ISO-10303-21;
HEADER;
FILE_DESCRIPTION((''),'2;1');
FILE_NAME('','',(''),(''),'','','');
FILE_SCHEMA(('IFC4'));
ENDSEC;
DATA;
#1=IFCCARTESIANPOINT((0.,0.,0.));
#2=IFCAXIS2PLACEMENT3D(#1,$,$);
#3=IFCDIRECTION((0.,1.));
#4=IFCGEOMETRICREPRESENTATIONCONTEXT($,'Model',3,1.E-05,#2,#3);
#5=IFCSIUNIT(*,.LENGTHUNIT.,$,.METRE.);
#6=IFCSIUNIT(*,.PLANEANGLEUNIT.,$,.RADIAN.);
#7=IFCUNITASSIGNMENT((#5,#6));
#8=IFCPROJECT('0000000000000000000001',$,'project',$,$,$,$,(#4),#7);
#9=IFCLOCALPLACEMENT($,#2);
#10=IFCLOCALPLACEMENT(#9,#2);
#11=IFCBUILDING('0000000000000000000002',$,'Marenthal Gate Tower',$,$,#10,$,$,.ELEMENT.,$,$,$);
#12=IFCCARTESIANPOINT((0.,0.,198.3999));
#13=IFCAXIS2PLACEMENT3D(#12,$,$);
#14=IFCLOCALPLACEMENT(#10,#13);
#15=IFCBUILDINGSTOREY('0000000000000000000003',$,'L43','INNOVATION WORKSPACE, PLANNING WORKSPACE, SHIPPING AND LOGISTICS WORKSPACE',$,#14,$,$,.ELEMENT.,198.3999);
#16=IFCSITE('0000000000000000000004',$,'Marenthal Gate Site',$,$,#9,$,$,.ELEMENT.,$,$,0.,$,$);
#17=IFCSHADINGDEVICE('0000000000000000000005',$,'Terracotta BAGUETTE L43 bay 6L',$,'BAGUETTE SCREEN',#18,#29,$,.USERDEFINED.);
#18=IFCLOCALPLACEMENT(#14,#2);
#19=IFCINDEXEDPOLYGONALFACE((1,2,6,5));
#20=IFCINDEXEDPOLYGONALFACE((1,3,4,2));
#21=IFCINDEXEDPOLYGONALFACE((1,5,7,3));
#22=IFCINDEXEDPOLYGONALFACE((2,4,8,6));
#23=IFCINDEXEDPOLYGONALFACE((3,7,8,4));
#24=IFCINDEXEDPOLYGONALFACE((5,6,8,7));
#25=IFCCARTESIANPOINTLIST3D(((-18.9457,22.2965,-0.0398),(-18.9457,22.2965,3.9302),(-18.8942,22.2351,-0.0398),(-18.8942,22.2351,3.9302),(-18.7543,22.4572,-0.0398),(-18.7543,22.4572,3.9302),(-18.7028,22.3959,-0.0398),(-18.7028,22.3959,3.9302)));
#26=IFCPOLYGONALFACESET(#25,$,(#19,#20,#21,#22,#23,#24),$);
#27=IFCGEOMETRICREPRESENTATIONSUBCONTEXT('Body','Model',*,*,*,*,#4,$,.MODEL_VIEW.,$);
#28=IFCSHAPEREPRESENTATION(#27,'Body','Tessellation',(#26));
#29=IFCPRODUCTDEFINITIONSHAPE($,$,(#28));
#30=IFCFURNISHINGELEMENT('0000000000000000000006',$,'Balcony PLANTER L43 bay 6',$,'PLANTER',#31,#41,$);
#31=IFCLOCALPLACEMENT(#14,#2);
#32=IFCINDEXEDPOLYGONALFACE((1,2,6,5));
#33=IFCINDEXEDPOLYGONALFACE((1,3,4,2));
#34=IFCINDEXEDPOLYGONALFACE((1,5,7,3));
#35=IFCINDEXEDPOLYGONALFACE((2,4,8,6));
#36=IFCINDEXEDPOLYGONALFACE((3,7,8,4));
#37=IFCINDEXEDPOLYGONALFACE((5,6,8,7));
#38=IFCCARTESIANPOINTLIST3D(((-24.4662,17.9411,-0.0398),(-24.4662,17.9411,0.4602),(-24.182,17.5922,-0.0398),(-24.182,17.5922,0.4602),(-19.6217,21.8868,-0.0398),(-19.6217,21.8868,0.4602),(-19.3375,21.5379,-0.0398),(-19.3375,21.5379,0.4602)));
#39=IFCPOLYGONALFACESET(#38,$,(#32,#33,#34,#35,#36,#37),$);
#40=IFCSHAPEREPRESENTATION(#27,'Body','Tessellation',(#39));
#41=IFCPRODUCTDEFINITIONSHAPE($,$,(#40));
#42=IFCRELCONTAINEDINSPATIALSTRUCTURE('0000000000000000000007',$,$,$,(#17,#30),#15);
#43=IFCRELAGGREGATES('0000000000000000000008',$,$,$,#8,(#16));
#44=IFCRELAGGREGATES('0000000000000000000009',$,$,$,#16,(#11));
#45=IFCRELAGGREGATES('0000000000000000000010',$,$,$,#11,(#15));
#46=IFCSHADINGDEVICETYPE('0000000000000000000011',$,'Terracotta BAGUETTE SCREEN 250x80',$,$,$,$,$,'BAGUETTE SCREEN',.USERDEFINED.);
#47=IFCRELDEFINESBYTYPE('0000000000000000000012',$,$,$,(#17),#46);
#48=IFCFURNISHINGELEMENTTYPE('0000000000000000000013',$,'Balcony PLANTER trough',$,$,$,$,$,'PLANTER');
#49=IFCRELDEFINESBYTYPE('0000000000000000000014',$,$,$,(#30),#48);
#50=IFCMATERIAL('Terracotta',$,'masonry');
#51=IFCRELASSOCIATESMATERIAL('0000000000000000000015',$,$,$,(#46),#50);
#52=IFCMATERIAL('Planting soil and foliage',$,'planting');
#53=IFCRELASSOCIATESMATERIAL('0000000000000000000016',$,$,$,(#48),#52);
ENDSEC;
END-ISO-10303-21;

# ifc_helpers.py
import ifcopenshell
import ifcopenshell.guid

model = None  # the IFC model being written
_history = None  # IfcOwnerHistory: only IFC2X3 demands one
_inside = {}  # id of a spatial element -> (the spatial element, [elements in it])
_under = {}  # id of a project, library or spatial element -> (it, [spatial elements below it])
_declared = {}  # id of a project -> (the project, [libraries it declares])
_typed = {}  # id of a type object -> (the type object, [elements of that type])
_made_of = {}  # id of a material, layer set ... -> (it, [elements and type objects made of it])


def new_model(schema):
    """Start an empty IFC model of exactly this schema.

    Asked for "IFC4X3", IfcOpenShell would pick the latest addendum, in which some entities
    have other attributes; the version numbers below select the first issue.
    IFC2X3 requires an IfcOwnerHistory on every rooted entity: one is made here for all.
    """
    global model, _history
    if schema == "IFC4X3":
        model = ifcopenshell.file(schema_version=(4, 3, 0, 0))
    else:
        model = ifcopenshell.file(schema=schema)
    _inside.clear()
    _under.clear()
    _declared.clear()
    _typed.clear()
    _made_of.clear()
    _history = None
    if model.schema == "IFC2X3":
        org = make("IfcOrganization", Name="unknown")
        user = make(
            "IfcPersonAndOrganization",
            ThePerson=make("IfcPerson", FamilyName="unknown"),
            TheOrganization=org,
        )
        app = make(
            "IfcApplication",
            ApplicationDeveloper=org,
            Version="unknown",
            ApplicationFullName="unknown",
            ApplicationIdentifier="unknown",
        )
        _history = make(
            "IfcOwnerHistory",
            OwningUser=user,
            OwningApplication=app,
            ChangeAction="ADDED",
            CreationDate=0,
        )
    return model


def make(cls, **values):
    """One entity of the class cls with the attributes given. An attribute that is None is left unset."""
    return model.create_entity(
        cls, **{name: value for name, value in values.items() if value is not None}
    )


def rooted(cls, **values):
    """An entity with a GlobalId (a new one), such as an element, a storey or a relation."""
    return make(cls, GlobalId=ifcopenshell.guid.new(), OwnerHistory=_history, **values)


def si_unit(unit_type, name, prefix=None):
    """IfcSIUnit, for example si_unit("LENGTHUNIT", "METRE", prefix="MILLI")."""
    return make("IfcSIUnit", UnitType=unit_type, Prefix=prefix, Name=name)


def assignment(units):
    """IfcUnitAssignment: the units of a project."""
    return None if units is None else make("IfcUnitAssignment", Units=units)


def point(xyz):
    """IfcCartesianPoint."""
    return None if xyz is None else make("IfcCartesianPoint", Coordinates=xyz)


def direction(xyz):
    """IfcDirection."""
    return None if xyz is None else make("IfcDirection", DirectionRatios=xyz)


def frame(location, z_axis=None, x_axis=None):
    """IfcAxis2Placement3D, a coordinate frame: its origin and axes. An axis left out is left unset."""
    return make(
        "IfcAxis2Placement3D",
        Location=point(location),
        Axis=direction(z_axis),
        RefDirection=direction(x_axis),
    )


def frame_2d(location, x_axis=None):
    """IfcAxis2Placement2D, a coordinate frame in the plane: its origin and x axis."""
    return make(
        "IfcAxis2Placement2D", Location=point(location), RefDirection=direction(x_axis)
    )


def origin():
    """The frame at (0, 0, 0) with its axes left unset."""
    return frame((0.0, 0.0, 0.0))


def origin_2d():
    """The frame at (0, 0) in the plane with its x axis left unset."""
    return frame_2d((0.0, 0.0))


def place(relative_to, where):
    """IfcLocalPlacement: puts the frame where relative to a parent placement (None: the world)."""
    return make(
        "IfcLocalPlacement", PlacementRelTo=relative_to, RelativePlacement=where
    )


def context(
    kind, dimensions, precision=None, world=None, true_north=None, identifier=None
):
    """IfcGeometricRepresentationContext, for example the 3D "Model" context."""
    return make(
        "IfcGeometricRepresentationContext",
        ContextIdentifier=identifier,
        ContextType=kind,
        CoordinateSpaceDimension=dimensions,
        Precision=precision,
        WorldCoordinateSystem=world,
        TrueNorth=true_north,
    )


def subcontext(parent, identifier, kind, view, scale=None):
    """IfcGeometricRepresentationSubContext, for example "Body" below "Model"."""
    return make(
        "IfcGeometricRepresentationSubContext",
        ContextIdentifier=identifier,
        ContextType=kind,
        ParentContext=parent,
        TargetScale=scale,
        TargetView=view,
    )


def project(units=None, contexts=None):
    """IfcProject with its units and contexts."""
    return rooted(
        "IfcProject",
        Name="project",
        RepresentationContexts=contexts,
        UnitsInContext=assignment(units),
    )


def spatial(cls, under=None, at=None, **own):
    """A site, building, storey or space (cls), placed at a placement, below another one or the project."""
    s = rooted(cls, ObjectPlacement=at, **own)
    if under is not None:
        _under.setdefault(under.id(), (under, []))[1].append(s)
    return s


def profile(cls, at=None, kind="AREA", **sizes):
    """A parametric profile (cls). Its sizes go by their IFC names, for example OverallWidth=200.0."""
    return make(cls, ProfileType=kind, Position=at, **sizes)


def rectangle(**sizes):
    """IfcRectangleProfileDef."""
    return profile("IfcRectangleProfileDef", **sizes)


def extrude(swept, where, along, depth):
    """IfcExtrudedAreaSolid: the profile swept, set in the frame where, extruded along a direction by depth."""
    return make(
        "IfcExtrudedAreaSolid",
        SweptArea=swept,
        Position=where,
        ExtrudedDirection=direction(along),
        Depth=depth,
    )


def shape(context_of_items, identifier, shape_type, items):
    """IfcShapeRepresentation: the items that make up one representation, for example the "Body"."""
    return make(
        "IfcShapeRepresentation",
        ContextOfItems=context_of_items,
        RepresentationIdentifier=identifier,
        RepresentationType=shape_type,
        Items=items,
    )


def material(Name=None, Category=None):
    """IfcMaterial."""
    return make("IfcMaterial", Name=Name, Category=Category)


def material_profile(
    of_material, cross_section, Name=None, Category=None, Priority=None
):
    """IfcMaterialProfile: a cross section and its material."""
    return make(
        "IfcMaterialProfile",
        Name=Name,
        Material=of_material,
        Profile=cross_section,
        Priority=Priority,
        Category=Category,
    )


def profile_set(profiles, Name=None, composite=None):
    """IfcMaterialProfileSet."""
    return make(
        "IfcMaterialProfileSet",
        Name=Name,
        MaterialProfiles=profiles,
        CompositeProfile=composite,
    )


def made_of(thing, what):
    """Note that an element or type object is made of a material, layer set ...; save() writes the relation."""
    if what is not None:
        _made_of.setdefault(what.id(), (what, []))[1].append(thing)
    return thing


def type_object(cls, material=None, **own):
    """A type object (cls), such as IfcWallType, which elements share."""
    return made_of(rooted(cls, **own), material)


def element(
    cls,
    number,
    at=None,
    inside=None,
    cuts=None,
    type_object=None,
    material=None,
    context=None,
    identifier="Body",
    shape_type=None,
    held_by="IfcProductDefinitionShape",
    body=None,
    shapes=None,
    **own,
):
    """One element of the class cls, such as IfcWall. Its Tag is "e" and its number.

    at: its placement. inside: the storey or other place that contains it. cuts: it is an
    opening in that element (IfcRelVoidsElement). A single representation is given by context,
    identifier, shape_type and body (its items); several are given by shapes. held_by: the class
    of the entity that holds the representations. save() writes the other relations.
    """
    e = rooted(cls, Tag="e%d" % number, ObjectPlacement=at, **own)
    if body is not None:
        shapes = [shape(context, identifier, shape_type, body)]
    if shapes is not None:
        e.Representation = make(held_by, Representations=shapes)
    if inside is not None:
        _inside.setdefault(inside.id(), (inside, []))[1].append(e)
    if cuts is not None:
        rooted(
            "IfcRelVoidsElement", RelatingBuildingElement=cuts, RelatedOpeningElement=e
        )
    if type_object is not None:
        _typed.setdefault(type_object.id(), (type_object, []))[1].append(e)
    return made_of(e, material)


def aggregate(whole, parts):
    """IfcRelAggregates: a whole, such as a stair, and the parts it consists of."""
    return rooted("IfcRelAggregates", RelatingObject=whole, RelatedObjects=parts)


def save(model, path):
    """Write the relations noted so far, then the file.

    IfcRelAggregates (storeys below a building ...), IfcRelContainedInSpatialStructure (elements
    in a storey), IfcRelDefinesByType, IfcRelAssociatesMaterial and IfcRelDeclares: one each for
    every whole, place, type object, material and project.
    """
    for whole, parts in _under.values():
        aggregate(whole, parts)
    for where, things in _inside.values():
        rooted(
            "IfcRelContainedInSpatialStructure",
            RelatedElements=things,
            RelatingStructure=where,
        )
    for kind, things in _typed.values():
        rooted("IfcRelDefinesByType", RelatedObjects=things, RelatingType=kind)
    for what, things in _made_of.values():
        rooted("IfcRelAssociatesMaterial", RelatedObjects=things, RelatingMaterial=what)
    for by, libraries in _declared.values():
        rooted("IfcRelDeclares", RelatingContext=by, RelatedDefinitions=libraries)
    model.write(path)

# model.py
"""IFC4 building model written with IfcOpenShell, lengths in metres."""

from ifc_helpers import new_model, si_unit, direction, frame, origin, origin_2d, place, context, subcontext, project, spatial, rectangle, extrude, material, material_profile, profile_set, type_object, element, save


model = new_model("IFC4")

# Units and contexts
model_context = context("Model", 3, precision=1e-05, world=origin(), true_north=direction((0.0, 1.0)))
body_context = subcontext(model_context, "Body", "Model", "MODEL_VIEW")
ifc_project = project(units=[si_unit("LENGTHUNIT", "METRE"), si_unit("PLANEANGLEUNIT", "RADIAN")], contexts=[model_context])

# Site, building, storey
site_placement = place(None, origin())
site = spatial("IfcSite", under=ifc_project, at=site_placement, Name="Marenthal Gate Site", CompositionType="ELEMENT", RefElevation=0.0)
building_placement = place(site_placement, origin())
building = spatial("IfcBuilding", under=site, at=building_placement, Name="Marenthal Gate Tower", CompositionType="ELEMENT")
storey_placement = place(building_placement, frame((0.0, 0.0, 198.3999)))
storey = spatial("IfcBuildingStorey", under=building, at=storey_placement, Name="L43", Description="INNOVATION WORKSPACE, PLANNING WORKSPACE, SHIPPING AND LOGISTICS WORKSPACE", CompositionType="ELEMENT", Elevation=198.3999)

# Shading device
ifc_material_1 = material(Name="Terracotta", Category="masonry")
ifc_material_profile_1 = material_profile(ifc_material_1, rectangle(XDim=0.25, YDim=0.0801, at=origin_2d()), Name="Terracotta baguette 250x80")
ifc_profile_set_1 = profile_set([ifc_material_profile_1], Name="Terracotta")
shading_device_type = type_object("IfcShadingDeviceType", Name="Terracotta BAGUETTE SCREEN 250x80", ElementType="BAGUETTE SCREEN", PredefinedType="USERDEFINED", material=ifc_profile_set_1)
shading_device_placement = place(storey_placement, frame((-18.8242, 22.3462, -0.0398), z_axis=(0.0, 0.0, 1.0), x_axis=(-0.765705, -0.643192, 0.0)))
element("IfcShadingDevice", 1, at=shading_device_placement, inside=storey, type_object=shading_device_type, Name="Terracotta BAGUETTE L43 bay 6L", ObjectType="BAGUETTE SCREEN", PredefinedType="USERDEFINED", context=body_context, shape_type="SweptSolid", body=[
    extrude(rectangle(XDim=0.25, YDim=0.0801, at=origin_2d()), origin(), (0.0, 0.0, 1.0), 3.97),
])

# Furnishing element
ifc_material_2 = material(Name="Planting soil and foliage", Category="planting")
furnishing_element_type = type_object("IfcFurnishingElementType", Name="Balcony PLANTER trough", ElementType="PLANTER", material=ifc_material_2)
furnishing_placement = place(storey_placement, frame((-21.9019, 19.7395, -0.0398), z_axis=(0.0, 0.0, 1.0), x_axis=(-0.77536, -0.63152, 0.0)))
element("IfcFurnishingElement", 2, at=furnishing_placement, inside=storey, type_object=furnishing_element_type, Name="Balcony PLANTER L43 bay 6", ObjectType="PLANTER", context=body_context, shape_type="SweptSolid", body=[
    extrude(rectangle(XDim=6.248, YDim=0.45, at=origin_2d()), origin(), (0.0, 0.0, 1.0), 0.5),
])

save(model, "model.ifc")
